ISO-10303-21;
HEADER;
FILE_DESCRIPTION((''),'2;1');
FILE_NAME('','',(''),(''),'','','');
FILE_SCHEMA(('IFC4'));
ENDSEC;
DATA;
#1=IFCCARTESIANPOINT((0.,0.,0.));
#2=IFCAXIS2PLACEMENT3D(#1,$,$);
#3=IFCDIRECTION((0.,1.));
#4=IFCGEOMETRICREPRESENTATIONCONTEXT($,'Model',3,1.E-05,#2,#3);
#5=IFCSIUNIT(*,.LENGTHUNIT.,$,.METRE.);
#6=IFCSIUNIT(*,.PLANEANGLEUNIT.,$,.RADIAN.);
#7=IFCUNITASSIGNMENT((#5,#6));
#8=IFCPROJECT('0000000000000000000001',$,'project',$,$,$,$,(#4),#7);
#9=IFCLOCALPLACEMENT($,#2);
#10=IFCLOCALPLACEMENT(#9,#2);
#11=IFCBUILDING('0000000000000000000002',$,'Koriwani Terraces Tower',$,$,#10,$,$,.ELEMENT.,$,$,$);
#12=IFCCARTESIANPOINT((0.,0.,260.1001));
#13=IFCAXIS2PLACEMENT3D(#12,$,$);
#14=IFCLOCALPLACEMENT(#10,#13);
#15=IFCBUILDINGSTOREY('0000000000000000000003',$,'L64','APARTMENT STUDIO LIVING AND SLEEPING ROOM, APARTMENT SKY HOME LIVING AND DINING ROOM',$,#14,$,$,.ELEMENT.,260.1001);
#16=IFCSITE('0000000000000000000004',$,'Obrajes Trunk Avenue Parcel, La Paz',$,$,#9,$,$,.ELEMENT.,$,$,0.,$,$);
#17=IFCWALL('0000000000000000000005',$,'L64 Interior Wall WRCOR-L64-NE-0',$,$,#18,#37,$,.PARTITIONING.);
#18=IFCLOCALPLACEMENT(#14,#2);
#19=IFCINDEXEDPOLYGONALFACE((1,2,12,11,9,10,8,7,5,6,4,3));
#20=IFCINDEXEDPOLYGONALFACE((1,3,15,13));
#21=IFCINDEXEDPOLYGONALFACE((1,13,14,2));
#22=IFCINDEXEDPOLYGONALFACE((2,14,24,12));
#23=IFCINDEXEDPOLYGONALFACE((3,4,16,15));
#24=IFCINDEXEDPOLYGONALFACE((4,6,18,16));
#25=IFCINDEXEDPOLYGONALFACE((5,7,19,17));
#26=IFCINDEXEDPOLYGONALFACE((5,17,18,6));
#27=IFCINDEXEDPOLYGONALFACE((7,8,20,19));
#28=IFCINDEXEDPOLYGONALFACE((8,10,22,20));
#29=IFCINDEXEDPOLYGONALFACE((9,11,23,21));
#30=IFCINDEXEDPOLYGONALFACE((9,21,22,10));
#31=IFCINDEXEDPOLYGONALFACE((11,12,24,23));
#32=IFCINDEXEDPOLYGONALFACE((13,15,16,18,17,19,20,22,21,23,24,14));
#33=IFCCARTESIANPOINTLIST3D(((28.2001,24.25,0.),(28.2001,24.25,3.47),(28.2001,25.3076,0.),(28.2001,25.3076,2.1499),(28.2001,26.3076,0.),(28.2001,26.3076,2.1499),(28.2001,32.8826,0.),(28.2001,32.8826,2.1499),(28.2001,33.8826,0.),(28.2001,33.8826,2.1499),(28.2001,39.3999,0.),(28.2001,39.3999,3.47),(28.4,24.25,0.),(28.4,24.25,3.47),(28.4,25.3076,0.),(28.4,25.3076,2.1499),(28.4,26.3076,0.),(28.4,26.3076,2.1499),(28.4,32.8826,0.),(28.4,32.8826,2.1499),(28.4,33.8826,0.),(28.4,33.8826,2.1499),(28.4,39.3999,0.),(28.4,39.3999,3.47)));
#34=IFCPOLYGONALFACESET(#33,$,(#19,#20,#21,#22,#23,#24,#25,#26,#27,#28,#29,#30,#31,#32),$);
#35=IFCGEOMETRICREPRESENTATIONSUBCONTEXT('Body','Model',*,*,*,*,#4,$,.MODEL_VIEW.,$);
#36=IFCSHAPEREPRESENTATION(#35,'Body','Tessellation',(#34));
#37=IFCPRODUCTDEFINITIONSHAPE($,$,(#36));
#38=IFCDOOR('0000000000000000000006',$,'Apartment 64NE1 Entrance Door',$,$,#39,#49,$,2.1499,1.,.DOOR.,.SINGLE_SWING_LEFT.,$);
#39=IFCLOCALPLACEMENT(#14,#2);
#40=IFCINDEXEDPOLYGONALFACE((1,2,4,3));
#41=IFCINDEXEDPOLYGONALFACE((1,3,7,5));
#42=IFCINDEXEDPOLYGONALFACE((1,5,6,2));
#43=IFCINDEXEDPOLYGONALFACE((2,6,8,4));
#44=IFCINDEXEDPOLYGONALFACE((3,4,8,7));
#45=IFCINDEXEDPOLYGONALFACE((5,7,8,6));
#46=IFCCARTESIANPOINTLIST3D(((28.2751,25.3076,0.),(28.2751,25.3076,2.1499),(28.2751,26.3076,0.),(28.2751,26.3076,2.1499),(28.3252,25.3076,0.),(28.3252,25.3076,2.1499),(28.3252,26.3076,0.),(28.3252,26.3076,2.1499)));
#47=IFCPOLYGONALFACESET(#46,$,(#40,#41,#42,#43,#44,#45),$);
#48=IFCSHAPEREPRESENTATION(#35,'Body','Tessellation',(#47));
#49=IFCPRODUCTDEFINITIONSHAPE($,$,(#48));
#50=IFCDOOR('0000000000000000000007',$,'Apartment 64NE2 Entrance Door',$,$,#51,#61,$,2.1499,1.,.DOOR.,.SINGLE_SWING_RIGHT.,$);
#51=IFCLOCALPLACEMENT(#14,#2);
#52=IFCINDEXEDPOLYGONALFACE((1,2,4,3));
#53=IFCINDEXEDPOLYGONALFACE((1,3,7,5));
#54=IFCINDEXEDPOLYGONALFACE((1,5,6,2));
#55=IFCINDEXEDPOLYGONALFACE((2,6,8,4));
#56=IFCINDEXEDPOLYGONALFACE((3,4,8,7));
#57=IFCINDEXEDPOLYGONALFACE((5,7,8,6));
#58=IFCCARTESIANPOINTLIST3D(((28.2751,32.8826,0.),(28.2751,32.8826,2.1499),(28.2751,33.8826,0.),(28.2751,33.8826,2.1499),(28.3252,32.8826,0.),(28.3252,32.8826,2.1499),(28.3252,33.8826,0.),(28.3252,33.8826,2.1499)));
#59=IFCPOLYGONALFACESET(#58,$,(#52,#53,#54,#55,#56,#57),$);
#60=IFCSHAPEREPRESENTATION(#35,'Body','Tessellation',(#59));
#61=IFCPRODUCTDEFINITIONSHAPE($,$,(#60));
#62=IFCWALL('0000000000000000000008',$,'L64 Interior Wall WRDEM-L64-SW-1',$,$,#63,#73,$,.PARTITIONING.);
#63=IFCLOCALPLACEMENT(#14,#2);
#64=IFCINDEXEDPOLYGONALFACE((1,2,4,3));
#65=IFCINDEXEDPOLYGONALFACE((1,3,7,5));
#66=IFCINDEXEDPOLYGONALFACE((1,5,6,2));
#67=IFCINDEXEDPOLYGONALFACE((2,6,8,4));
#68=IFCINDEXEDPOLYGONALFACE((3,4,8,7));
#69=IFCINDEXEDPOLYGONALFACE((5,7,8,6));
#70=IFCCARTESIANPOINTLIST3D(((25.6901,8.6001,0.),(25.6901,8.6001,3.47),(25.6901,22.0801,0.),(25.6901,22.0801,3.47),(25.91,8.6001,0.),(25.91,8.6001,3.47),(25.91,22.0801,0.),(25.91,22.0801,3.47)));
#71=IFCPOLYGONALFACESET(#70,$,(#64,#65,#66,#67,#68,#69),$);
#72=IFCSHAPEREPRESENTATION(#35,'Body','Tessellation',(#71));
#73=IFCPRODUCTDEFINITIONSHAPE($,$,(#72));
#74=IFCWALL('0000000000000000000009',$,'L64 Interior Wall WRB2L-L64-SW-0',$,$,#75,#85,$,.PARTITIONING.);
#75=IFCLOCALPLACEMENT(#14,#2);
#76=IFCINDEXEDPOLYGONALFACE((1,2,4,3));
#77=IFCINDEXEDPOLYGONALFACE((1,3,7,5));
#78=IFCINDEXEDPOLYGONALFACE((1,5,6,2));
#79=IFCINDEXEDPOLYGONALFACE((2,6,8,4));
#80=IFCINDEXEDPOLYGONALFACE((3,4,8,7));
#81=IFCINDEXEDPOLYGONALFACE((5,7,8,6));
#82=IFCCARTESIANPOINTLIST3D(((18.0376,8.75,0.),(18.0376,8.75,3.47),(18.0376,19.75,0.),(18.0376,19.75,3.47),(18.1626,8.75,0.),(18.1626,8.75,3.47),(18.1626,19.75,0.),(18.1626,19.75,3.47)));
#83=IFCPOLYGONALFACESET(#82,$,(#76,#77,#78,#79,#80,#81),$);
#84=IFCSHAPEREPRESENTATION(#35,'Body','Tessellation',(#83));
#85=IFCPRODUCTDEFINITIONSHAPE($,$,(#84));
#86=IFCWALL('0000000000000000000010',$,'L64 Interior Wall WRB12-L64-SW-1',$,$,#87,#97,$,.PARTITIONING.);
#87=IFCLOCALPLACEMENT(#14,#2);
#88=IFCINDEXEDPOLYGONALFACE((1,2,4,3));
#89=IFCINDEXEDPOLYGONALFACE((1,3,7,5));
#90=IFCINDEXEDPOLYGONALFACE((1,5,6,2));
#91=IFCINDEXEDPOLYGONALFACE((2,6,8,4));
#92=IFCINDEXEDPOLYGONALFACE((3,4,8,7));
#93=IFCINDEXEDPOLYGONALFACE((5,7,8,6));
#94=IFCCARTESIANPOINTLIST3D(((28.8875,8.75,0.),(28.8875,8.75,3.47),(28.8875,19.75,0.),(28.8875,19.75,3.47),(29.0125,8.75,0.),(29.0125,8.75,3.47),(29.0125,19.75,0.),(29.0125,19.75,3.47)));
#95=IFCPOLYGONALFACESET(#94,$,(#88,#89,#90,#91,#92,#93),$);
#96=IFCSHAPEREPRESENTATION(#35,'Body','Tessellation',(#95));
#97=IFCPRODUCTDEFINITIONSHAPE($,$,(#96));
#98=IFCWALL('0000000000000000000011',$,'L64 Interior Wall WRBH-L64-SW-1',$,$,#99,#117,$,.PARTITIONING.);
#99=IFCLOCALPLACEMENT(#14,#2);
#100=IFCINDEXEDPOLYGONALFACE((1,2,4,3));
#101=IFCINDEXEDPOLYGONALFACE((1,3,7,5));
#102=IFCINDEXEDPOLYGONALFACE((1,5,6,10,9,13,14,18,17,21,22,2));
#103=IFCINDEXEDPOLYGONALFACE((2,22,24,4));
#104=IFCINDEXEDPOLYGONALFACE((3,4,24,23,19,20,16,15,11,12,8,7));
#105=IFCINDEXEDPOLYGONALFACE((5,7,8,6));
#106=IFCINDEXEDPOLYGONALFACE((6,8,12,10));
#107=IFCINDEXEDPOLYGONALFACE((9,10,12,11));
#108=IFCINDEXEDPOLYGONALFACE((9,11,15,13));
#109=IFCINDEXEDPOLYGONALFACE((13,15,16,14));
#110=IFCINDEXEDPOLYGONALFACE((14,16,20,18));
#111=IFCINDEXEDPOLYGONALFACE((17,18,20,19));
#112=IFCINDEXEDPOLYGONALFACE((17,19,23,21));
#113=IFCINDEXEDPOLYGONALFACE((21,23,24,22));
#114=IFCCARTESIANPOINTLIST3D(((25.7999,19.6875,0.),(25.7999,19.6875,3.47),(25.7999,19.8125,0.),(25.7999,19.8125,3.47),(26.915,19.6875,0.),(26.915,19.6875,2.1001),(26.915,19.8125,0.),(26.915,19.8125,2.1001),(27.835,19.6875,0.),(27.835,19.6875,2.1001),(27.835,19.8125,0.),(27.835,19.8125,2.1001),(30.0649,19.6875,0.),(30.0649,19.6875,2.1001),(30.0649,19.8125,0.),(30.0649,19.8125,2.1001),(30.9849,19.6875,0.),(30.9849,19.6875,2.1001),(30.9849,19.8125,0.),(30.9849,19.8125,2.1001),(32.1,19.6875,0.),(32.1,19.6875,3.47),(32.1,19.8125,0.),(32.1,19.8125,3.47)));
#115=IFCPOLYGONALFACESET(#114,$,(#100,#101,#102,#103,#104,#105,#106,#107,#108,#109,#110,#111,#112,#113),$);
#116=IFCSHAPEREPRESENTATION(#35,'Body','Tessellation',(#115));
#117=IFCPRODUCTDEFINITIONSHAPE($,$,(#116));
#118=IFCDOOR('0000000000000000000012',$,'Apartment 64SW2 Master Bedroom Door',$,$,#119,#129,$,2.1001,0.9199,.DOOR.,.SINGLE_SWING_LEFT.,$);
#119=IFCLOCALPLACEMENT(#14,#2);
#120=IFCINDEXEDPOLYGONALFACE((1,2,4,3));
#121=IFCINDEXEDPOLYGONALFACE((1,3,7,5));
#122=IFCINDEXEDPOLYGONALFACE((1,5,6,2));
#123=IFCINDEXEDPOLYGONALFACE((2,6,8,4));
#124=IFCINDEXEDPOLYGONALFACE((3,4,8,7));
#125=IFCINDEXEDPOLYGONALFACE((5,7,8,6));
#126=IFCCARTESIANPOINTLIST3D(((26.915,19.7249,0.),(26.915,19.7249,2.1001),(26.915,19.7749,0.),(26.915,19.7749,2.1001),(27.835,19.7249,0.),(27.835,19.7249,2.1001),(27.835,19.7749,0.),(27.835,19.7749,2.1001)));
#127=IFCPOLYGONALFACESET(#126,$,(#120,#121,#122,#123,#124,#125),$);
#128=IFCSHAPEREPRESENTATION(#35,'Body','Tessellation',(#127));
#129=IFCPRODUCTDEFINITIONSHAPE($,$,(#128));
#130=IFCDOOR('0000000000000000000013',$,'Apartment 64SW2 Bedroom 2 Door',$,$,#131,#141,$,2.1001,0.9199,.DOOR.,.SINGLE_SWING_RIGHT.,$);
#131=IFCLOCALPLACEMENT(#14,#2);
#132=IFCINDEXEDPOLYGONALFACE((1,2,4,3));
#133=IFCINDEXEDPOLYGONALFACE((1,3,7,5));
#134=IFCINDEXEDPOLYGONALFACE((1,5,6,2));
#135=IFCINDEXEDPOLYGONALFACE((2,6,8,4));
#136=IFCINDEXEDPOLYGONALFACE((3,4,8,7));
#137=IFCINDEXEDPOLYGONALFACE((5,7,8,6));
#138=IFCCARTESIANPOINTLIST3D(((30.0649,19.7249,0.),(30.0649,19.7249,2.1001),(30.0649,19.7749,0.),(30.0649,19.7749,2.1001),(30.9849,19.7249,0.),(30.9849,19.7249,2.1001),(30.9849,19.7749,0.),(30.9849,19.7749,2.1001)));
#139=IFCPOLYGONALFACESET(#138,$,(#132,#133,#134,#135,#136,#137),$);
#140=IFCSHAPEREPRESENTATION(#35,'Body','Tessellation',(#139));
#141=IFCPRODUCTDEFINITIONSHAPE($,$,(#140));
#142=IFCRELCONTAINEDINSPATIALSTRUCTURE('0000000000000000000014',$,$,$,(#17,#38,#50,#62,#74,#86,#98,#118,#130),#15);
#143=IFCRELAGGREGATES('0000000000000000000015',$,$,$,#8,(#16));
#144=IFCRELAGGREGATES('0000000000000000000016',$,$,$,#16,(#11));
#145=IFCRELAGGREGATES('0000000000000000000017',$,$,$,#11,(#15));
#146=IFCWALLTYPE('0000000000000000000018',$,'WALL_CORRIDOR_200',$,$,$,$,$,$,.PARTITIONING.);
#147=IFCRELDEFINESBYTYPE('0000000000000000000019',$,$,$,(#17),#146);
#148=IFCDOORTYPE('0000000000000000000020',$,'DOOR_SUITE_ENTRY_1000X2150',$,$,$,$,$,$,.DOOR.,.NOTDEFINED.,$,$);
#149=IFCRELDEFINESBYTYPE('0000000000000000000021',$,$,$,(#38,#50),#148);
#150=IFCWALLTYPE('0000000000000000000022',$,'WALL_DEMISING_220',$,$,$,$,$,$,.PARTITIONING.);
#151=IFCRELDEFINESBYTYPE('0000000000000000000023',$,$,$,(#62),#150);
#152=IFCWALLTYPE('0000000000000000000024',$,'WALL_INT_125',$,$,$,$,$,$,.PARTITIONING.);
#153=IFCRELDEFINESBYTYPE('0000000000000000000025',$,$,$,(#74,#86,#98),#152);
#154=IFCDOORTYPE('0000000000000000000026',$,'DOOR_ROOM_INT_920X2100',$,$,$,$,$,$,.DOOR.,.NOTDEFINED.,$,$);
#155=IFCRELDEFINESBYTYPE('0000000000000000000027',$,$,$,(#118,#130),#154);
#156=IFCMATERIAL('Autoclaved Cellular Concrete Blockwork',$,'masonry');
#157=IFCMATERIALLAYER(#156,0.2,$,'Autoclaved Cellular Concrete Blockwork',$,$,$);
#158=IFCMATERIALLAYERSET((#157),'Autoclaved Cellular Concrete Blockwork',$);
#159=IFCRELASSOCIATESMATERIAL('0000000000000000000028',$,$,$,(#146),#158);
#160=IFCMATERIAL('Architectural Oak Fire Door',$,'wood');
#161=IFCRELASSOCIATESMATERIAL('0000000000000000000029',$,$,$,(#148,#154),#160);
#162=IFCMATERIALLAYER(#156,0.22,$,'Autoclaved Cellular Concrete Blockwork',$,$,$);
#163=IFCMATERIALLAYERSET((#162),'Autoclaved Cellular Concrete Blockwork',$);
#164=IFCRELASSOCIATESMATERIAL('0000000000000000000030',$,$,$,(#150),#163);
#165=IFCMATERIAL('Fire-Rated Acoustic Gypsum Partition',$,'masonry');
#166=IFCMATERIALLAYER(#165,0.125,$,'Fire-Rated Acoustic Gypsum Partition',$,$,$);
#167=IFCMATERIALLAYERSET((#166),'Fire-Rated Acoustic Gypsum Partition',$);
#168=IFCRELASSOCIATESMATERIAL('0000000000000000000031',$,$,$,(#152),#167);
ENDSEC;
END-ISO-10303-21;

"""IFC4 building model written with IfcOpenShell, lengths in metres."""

from ifc_helpers import new_model, si_unit, direction, frame, frame_2d, origin, place, context, subcontext, project, spatial, rectangle, extrude, material, layer, layer_set, type_object, element, fill, save


model = new_model("IFC4")

# Units and contexts
model_context = context("Model", 3, precision=1e-05, world=origin(), true_north=direction((0.0, 1.0)))
body_context = subcontext(model_context, "Body", "Model", "MODEL_VIEW")
ifc_project = project(units=[si_unit("LENGTHUNIT", "METRE"), si_unit("PLANEANGLEUNIT", "RADIAN")], contexts=[model_context])

# Site, building, storey
site_placement = place(None, origin())
site = spatial("IfcSite", under=ifc_project, at=site_placement, Name="Obrajes Trunk Avenue Parcel, La Paz", CompositionType="ELEMENT", RefElevation=0.0)
building_placement = place(site_placement, origin())
building = spatial("IfcBuilding", under=site, at=building_placement, Name="Koriwani Terraces Tower", CompositionType="ELEMENT")
storey_placement = place(building_placement, frame((0.0, 0.0, 260.1001)))
storey = spatial("IfcBuildingStorey", under=building, at=storey_placement, Name="L64", Description="APARTMENT STUDIO LIVING AND SLEEPING ROOM, APARTMENT SKY HOME LIVING AND DINING ROOM", CompositionType="ELEMENT", Elevation=260.1001)

# Wall, openings, doors
ifc_material_1 = material(Name="Autoclaved Cellular Concrete Blockwork", Category="masonry")
ifc_layer_1 = layer(ifc_material_1, 0.2, Name="Autoclaved Cellular Concrete Blockwork")
ifc_layer_set_1 = layer_set([ifc_layer_1], Name="Autoclaved Cellular Concrete Blockwork")
wall_type_1 = type_object("IfcWallType", Name="WALL_CORRIDOR_200", PredefinedType="PARTITIONING", material=ifc_layer_set_1)
wall_1_placement = place(storey_placement, frame((28.3, 24.25, 0.0), z_axis=(0.0, 0.0, 1.0), x_axis=(0.0, 1.0, 0.0)))
wall_1 = element("IfcWall", 1, at=wall_1_placement, inside=storey, type_object=wall_type_1, Name="L64 Interior Wall WRCOR-L64-NE-0", PredefinedType="PARTITIONING", context=body_context, shape_type="SweptSolid", body=[
    extrude(rectangle(XDim=15.1499, YDim=0.2, at=frame_2d((7.575, 0.0))), origin(), (0.0, 0.0, 1.0), 3.47),
])
opening_1_placement = place(wall_1_placement, frame((1.0576, 0.0, 0.0)))
opening_1 = element("IfcOpeningElement", 2, at=opening_1_placement, cuts=wall_1, PredefinedType="OPENING", context=body_context, shape_type="SweptSolid", body=[
    extrude(rectangle(XDim=1.0, YDim=2.1499, at=frame_2d((0.5, 1.075))), frame((0.0, 0.1099, 0.0), z_axis=(0.0, -1.0, 0.0), x_axis=(1.0, 0.0, 0.0)), (0.0, 0.0, 1.0), 0.22),
])
opening_2_placement = place(wall_1_placement, frame((8.6326, 0.0, 0.0)))
opening_2 = element("IfcOpeningElement", 3, at=opening_2_placement, cuts=wall_1, PredefinedType="OPENING", context=body_context, shape_type="SweptSolid", body=[
    extrude(rectangle(XDim=1.0, YDim=2.1499, at=frame_2d((0.5, 1.075))), frame((0.0, 0.1099, 0.0), z_axis=(0.0, -1.0, 0.0), x_axis=(1.0, 0.0, 0.0)), (0.0, 0.0, 1.0), 0.22),
])
ifc_material_2 = material(Name="Architectural Oak Fire Door", Category="wood")
door_type_1 = type_object("IfcDoorType", Name="DOOR_SUITE_ENTRY_1000X2150", OperationType="NOTDEFINED", PredefinedType="DOOR", material=ifc_material_2)
door_1_placement = place(opening_1_placement, origin())
door_1 = element("IfcDoor", 4, at=door_1_placement, inside=storey, type_object=door_type_1, Name="Apartment 64NE1 Entrance Door", OperationType="SINGLE_SWING_LEFT", OverallHeight=2.1499, OverallWidth=1.0, PredefinedType="DOOR", context=body_context, shape_type="SweptSolid", body=[
    extrude(rectangle(XDim=1.0, YDim=2.1499, at=frame_2d((0.5, 1.075))), frame((0.0, 0.0249, 0.0), z_axis=(0.0, -1.0, 0.0), x_axis=(1.0, 0.0, 0.0)), (0.0, 0.0, 1.0), 0.05),
])
fill(opening_1, door_1)
door_2_placement = place(opening_2_placement, origin())
door_2 = element("IfcDoor", 5, at=door_2_placement, inside=storey, type_object=door_type_1, Name="Apartment 64NE2 Entrance Door", OperationType="SINGLE_SWING_RIGHT", OverallHeight=2.1499, OverallWidth=1.0, PredefinedType="DOOR", context=body_context, shape_type="SweptSolid", body=[
    extrude(rectangle(XDim=1.0, YDim=2.1499, at=frame_2d((0.5, 1.075))), frame((0.0, 0.0249, 0.0), z_axis=(0.0, -1.0, 0.0), x_axis=(1.0, 0.0, 0.0)), (0.0, 0.0, 1.0), 0.05),
])
fill(opening_2, door_2)

# Walls
ifc_layer_2 = layer(ifc_material_1, 0.22, Name="Autoclaved Cellular Concrete Blockwork")
ifc_layer_set_2 = layer_set([ifc_layer_2], Name="Autoclaved Cellular Concrete Blockwork")
wall_type_2 = type_object("IfcWallType", Name="WALL_DEMISING_220", PredefinedType="PARTITIONING", material=ifc_layer_set_2)
wall_2_placement = place(storey_placement, frame((25.8, 8.6001, 0.0), z_axis=(0.0, 0.0, 1.0), x_axis=(0.0, 1.0, 0.0)))
element("IfcWall", 6, at=wall_2_placement, inside=storey, type_object=wall_type_2, Name="L64 Interior Wall WRDEM-L64-SW-1", PredefinedType="PARTITIONING", context=body_context, shape_type="SweptSolid", body=[
    extrude(rectangle(XDim=13.48, YDim=0.22, at=frame_2d((6.74, 0.0))), origin(), (0.0, 0.0, 1.0), 3.47),
])
ifc_material_3 = material(Name="Fire-Rated Acoustic Gypsum Partition", Category="masonry")
ifc_layer_3 = layer(ifc_material_3, 0.125, Name="Fire-Rated Acoustic Gypsum Partition")
ifc_layer_set_3 = layer_set([ifc_layer_3], Name="Fire-Rated Acoustic Gypsum Partition")
wall_type_3 = type_object("IfcWallType", Name="WALL_INT_125", PredefinedType="PARTITIONING", material=ifc_layer_set_3)
for number, where, z_axis, x_axis, name in (
    (7, (18.1001, 8.75, 0.0), (0.0, 0.0, 1.0), (0.0, 1.0, 0.0), "L64 Interior Wall WRB2L-L64-SW-0"),
    (8, (28.95, 8.75, 0.0), (0.0, 0.0, 1.0), (0.0, 1.0, 0.0), "L64 Interior Wall WRB12-L64-SW-1"),
):
    element("IfcWall", number, at=place(storey_placement, frame(where, z_axis=z_axis, x_axis=x_axis)), inside=storey, type_object=wall_type_3, Name=name, PredefinedType="PARTITIONING", context=body_context, shape_type="SweptSolid", body=[
        extrude(rectangle(XDim=11.0, YDim=0.125, at=frame_2d((5.5, 0.0))), origin(), (0.0, 0.0, 1.0), 3.47),
    ])

# Wall, openings, doors
wall_3_placement = place(storey_placement, frame((25.8, 19.75, 0.0), z_axis=(0.0, 0.0, 1.0), x_axis=(1.0, 0.0, 0.0)))
wall_3 = element("IfcWall", 9, at=wall_3_placement, inside=storey, type_object=wall_type_3, Name="L64 Interior Wall WRBH-L64-SW-1", PredefinedType="PARTITIONING", context=body_context, shape_type="SweptSolid", body=[
    extrude(rectangle(XDim=6.3, YDim=0.125, at=frame_2d((3.1499, 0.0))), origin(), (0.0, 0.0, 1.0), 3.47),
])
opening_3_placement = place(wall_3_placement, frame((1.115, 0.0, 0.0)))
opening_3 = element("IfcOpeningElement", 10, at=opening_3_placement, cuts=wall_3, PredefinedType="OPENING", context=body_context, shape_type="SweptSolid", body=[
    extrude(rectangle(XDim=0.9199, YDim=2.1001, at=frame_2d((0.46, 1.05))), frame((0.0, 0.0725, 0.0), z_axis=(0.0, -1.0, 0.0), x_axis=(1.0, 0.0, 0.0)), (0.0, 0.0, 1.0), 0.145),
])
opening_4_placement = place(wall_3_placement, frame((4.2649, 0.0, 0.0)))
opening_4 = element("IfcOpeningElement", 11, at=opening_4_placement, cuts=wall_3, PredefinedType="OPENING", context=body_context, shape_type="SweptSolid", body=[
    extrude(rectangle(XDim=0.9199, YDim=2.1001, at=frame_2d((0.46, 1.05))), frame((0.0, 0.0725, 0.0), z_axis=(0.0, -1.0, 0.0), x_axis=(1.0, 0.0, 0.0)), (0.0, 0.0, 1.0), 0.145),
])
door_type_2 = type_object("IfcDoorType", Name="DOOR_ROOM_INT_920X2100", OperationType="NOTDEFINED", PredefinedType="DOOR", material=ifc_material_2)
door_3_placement = place(opening_3_placement, origin())
door_3 = element("IfcDoor", 12, at=door_3_placement, inside=storey, type_object=door_type_2, Name="Apartment 64SW2 Master Bedroom Door", OperationType="SINGLE_SWING_LEFT", OverallHeight=2.1001, OverallWidth=0.9199, PredefinedType="DOOR", context=body_context, shape_type="SweptSolid", body=[
    extrude(rectangle(XDim=0.9199, YDim=2.1001, at=frame_2d((0.46, 1.05))), frame((0.0, 0.0249, 0.0), z_axis=(0.0, -1.0, 0.0), x_axis=(1.0, 0.0, 0.0)), (0.0, 0.0, 1.0), 0.05),
])
fill(opening_3, door_3)
door_4_placement = place(opening_4_placement, origin())
door_4 = element("IfcDoor", 13, at=door_4_placement, inside=storey, type_object=door_type_2, Name="Apartment 64SW2 Bedroom 2 Door", OperationType="SINGLE_SWING_RIGHT", OverallHeight=2.1001, OverallWidth=0.9199, PredefinedType="DOOR", context=body_context, shape_type="SweptSolid", body=[
    extrude(rectangle(XDim=0.9199, YDim=2.1001, at=frame_2d((0.46, 1.05))), frame((0.0, 0.0249, 0.0), z_axis=(0.0, -1.0, 0.0), x_axis=(1.0, 0.0, 0.0)), (0.0, 0.0, 1.0), 0.05),
])
fill(opening_4, door_4)

save(model, "model.ifc")
